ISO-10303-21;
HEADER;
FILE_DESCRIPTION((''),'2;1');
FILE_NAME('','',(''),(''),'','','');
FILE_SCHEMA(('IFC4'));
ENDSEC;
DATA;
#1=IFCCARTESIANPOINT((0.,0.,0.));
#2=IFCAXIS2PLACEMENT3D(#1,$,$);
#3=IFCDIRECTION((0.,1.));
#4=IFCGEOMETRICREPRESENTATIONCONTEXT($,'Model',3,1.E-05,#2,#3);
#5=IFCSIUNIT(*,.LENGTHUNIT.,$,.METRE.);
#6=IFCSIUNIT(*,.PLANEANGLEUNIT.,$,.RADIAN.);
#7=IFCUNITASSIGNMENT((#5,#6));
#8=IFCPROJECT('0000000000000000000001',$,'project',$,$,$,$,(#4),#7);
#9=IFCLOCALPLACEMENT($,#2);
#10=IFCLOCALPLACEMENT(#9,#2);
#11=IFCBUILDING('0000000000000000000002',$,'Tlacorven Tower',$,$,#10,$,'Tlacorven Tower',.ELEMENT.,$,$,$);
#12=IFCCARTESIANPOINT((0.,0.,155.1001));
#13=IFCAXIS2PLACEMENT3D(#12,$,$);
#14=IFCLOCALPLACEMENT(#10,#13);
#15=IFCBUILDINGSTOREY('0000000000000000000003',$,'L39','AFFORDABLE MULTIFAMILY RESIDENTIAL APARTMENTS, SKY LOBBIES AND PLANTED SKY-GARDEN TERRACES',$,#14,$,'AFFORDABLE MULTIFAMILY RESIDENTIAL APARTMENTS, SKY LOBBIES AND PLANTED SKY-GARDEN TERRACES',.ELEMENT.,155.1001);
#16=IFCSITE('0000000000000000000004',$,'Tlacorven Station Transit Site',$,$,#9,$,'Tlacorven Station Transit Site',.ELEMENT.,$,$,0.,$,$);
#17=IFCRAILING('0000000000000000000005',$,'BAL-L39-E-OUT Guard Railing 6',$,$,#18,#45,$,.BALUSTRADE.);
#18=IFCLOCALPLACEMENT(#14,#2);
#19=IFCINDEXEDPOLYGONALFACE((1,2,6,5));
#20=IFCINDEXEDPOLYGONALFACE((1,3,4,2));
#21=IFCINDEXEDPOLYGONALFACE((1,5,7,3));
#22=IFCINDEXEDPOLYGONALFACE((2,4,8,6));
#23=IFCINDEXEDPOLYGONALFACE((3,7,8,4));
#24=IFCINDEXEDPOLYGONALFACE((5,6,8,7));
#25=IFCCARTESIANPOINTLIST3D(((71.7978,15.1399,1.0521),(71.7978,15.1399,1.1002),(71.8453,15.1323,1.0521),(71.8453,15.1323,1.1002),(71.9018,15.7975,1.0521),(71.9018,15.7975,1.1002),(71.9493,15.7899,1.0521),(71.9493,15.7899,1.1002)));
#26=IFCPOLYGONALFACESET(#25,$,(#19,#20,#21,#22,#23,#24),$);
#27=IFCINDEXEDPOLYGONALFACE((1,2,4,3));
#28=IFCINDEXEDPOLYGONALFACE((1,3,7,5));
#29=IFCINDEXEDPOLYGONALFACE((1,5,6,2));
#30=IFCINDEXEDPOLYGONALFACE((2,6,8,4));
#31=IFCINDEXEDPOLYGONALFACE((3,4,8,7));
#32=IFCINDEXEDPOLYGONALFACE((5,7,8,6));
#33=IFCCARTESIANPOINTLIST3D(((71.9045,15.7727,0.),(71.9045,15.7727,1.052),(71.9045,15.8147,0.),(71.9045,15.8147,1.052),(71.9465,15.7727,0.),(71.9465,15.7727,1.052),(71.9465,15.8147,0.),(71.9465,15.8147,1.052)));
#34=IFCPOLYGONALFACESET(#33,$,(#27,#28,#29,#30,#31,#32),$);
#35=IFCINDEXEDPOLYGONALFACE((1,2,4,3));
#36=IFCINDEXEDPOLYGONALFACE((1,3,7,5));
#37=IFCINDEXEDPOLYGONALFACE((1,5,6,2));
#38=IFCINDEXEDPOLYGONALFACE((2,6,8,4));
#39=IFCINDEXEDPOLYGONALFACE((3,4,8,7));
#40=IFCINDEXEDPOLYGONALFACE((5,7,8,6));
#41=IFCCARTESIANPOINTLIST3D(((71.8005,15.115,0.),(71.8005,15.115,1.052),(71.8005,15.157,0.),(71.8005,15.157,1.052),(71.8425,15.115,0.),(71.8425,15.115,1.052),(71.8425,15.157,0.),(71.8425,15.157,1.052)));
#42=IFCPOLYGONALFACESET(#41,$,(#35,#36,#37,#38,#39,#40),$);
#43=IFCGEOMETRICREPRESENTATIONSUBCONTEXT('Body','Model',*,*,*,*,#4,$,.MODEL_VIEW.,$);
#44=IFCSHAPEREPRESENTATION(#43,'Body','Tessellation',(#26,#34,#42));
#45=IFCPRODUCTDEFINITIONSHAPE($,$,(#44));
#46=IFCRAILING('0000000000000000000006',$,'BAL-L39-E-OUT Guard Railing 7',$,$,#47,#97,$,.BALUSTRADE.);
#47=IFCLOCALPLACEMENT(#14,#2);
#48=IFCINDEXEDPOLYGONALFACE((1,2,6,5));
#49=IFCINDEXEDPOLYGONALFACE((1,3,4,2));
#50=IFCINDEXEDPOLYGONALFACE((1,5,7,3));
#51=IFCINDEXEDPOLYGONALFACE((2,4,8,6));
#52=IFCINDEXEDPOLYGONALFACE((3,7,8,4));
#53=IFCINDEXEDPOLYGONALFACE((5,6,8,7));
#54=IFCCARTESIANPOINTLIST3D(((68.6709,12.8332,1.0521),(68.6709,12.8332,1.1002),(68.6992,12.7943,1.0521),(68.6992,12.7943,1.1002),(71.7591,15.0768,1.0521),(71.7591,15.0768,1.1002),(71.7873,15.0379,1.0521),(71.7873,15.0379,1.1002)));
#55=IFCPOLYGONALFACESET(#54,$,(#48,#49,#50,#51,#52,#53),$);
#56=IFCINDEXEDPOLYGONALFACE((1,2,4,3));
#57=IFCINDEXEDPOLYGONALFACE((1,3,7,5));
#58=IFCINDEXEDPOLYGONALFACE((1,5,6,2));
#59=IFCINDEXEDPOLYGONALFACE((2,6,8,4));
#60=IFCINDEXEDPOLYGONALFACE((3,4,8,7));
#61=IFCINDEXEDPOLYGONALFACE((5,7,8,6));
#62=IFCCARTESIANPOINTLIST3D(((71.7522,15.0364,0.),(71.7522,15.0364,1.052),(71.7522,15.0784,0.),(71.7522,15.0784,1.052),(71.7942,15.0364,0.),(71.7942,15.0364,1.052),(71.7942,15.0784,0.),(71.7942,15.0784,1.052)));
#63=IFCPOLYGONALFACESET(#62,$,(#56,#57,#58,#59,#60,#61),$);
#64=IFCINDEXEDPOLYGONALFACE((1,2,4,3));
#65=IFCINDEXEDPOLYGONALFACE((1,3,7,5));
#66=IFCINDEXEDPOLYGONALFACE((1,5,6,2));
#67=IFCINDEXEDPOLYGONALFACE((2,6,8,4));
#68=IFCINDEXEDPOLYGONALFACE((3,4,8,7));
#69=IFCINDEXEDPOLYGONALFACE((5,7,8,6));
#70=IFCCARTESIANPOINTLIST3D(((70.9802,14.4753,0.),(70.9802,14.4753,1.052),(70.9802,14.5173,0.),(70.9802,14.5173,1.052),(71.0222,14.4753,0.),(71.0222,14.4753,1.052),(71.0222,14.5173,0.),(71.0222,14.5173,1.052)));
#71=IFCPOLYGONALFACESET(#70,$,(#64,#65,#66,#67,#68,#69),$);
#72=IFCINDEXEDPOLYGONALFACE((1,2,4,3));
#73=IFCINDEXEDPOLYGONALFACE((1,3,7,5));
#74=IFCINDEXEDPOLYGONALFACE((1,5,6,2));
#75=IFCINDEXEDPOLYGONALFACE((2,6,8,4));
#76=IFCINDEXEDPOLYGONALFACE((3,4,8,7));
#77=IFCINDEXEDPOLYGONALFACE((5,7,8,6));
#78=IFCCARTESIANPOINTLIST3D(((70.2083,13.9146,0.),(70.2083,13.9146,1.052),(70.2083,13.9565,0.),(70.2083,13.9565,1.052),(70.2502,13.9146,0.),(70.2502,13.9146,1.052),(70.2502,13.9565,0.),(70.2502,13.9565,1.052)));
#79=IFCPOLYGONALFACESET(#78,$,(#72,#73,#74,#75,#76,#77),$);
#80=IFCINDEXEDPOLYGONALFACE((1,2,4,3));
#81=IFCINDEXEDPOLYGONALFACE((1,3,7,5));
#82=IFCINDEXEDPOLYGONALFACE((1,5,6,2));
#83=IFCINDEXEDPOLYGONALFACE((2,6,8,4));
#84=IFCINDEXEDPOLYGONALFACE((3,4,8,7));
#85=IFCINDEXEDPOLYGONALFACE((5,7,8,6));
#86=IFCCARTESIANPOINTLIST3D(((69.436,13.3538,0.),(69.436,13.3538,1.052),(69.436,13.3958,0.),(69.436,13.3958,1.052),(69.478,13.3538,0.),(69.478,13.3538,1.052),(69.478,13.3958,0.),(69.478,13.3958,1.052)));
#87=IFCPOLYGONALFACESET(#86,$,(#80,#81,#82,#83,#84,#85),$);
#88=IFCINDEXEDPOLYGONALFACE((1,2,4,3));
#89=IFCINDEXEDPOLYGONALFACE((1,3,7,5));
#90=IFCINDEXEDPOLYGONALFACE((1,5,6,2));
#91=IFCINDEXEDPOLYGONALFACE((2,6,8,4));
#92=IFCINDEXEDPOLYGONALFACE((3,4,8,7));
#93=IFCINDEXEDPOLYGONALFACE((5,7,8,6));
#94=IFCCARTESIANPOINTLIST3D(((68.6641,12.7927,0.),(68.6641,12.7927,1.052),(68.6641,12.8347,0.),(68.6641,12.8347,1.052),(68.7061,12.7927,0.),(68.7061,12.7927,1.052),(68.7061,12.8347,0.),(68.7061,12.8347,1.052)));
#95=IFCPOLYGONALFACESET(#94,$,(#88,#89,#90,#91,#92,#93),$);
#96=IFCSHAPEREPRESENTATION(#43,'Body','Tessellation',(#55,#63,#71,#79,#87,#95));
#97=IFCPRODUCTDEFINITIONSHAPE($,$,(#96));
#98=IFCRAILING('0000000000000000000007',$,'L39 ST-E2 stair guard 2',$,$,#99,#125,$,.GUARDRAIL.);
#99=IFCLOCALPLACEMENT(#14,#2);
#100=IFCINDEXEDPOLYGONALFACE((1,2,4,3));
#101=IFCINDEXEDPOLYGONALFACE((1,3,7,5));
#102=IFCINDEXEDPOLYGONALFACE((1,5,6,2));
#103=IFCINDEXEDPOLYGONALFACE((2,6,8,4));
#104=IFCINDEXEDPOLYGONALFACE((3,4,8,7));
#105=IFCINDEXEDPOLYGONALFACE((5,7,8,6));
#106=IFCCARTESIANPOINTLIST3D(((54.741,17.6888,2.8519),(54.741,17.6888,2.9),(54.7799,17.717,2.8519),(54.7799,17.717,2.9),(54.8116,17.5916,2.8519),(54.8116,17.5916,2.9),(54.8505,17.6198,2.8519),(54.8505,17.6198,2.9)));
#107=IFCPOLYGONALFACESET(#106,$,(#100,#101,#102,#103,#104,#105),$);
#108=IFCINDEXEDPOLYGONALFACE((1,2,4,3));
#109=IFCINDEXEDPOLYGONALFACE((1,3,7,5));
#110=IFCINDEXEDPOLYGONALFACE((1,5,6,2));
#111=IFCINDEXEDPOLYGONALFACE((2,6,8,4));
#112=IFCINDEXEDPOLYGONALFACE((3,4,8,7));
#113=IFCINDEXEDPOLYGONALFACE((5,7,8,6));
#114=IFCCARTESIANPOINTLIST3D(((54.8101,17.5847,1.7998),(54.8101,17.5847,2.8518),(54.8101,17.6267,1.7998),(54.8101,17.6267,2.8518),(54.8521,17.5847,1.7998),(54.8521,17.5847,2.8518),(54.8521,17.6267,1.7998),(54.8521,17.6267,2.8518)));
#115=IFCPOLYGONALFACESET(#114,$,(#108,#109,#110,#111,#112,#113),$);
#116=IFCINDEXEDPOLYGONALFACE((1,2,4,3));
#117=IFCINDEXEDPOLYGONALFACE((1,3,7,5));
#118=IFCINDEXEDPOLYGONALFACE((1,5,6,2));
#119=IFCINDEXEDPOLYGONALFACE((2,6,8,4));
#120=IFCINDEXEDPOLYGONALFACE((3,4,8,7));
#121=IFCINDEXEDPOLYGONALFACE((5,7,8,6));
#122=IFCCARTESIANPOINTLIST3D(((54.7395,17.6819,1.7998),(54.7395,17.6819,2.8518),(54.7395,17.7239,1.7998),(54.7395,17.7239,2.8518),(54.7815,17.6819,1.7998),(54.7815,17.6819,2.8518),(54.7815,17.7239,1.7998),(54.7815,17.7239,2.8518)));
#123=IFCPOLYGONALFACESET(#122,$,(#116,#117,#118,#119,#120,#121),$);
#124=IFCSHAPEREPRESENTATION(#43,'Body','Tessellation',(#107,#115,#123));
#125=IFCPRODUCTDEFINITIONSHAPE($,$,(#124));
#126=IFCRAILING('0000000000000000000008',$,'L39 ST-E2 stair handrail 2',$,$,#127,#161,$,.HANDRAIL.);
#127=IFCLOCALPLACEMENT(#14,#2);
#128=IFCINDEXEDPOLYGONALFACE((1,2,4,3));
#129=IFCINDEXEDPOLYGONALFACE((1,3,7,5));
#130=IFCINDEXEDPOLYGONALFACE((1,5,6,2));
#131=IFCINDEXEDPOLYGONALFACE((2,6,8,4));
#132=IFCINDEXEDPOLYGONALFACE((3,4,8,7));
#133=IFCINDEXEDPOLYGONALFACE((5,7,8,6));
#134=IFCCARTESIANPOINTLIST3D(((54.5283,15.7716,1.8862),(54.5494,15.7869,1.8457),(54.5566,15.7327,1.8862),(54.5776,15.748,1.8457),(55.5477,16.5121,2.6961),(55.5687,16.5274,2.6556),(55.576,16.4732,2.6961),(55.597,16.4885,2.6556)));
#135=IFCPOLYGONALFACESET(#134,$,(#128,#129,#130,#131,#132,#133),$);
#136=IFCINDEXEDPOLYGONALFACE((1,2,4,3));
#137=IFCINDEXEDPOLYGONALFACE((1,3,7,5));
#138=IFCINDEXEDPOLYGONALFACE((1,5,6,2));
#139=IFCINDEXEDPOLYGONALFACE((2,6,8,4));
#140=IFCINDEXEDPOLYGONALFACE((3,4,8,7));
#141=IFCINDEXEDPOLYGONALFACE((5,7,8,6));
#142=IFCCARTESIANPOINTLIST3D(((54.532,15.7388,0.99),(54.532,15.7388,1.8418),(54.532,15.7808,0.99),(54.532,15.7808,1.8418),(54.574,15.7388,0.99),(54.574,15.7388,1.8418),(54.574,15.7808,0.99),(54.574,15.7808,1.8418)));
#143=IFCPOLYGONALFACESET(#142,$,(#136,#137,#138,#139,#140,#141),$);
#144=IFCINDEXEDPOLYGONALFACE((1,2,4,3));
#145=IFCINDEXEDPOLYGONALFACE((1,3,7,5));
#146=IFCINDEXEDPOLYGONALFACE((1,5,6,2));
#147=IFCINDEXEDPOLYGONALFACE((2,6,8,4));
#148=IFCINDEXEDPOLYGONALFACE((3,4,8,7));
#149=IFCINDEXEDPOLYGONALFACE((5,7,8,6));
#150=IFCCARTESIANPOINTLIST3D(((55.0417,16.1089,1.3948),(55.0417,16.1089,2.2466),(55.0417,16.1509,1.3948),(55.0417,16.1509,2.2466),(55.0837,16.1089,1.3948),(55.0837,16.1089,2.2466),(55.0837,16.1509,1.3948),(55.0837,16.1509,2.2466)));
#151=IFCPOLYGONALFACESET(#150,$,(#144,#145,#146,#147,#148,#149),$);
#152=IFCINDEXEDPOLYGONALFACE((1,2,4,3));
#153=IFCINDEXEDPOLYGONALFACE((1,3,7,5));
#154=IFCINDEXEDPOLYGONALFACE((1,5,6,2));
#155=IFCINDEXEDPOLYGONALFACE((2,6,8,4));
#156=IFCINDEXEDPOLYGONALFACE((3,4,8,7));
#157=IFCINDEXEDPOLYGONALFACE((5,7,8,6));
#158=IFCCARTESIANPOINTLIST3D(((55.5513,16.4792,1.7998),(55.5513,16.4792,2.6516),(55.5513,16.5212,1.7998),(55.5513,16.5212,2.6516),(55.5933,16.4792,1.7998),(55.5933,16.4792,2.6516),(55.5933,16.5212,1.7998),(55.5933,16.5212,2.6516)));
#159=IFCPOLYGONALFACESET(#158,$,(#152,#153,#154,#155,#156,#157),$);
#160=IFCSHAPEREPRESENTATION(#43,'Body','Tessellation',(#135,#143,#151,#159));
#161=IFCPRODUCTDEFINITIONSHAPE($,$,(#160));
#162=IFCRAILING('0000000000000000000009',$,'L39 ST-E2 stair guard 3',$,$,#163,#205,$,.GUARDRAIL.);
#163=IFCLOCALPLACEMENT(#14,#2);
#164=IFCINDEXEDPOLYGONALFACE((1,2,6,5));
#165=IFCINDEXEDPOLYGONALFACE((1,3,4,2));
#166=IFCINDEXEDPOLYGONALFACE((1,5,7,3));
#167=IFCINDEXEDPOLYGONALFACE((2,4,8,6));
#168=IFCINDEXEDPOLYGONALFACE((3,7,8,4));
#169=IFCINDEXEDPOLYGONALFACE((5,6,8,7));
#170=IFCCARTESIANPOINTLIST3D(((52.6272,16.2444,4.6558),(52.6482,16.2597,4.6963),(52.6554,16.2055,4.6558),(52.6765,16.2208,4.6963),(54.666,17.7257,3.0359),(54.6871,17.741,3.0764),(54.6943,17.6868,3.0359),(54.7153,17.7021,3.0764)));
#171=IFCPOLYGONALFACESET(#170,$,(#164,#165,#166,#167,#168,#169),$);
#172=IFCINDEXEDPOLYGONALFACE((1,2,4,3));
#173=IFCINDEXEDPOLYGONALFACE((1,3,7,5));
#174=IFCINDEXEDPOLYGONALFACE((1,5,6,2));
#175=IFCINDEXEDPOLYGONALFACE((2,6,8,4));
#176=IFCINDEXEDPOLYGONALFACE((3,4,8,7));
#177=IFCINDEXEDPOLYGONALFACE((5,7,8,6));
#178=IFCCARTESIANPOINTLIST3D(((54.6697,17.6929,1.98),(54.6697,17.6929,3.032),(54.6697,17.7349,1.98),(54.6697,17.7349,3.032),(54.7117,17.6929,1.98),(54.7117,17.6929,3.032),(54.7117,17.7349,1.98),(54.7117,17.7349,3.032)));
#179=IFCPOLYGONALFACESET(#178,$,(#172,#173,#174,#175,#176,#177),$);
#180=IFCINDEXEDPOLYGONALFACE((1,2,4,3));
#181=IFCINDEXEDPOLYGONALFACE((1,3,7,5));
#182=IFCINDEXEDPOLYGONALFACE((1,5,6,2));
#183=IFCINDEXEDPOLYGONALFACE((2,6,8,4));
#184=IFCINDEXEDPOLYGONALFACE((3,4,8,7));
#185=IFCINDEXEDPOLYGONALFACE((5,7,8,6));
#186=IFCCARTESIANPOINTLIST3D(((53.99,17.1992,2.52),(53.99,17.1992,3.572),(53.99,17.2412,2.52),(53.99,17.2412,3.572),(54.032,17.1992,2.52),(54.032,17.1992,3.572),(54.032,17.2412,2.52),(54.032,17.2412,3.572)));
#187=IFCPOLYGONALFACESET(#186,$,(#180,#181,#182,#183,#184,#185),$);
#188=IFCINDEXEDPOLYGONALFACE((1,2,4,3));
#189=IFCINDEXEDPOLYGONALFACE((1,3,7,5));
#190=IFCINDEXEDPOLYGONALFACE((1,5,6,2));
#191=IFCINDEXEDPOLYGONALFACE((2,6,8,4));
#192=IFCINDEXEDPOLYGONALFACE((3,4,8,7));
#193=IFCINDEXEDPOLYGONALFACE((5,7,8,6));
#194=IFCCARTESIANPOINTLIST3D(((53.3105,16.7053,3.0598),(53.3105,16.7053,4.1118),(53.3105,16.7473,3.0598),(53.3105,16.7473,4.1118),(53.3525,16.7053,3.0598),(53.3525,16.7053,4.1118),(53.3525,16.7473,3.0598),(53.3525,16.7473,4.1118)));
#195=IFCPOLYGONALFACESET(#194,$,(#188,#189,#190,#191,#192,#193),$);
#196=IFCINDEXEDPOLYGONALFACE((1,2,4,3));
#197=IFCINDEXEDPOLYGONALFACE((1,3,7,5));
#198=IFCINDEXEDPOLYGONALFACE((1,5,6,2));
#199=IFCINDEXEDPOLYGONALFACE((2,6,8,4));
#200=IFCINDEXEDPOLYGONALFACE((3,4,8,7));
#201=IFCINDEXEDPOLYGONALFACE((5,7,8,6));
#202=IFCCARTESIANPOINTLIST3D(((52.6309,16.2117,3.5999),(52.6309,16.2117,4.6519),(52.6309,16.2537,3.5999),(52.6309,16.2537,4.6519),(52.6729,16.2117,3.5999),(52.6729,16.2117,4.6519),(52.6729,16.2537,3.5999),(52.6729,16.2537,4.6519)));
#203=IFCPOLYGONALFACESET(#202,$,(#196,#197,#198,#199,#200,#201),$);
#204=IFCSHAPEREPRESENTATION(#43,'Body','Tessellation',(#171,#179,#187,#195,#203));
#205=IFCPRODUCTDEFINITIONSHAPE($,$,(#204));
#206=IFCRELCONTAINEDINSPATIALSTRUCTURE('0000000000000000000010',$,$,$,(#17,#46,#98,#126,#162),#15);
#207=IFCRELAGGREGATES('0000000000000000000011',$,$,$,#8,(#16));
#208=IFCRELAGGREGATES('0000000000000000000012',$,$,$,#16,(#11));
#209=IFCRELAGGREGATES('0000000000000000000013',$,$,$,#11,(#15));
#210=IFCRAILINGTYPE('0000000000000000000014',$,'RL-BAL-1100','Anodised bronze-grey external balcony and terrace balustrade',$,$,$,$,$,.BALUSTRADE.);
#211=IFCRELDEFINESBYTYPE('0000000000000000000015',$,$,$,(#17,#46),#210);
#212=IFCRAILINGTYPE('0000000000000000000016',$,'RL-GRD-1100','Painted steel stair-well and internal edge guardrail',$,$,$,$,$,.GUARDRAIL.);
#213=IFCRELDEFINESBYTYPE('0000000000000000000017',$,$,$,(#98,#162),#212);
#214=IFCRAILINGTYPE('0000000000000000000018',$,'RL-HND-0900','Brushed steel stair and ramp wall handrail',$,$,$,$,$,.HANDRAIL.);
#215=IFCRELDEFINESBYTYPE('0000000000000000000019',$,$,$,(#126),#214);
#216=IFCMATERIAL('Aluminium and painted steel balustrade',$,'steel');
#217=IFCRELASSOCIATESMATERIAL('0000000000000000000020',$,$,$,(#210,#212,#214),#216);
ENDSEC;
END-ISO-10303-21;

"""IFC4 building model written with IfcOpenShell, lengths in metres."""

from ifc_helpers import new_model, si_unit, direction, frame, origin, origin_2d, place, context, subcontext, project, spatial, rectangle, extrude, source, transform, mapped, material, type_object, element, save


model = new_model("IFC4")

# Units and contexts
model_context = context("Model", 3, precision=1e-05, world=origin(), true_north=direction((0.0, 1.0)))
body_context = subcontext(model_context, "Body", "Model", "MODEL_VIEW")
ifc_project = project(units=[si_unit("LENGTHUNIT", "METRE"), si_unit("PLANEANGLEUNIT", "RADIAN")], contexts=[model_context])

# Site, building, storey
site_placement = place(None, origin())
site = spatial("IfcSite", under=ifc_project, at=site_placement, Name="Tlacorven Station Transit Site", LongName="Tlacorven Station Transit Site", CompositionType="ELEMENT", RefElevation=0.0)
building_placement = place(site_placement, origin())
building = spatial("IfcBuilding", under=site, at=building_placement, Name="Tlacorven Tower", LongName="Tlacorven Tower", CompositionType="ELEMENT")
storey_placement = place(building_placement, frame((0.0, 0.0, 155.1001)))
storey = spatial("IfcBuildingStorey", under=building, at=storey_placement, Name="L39", Description="AFFORDABLE MULTIFAMILY RESIDENTIAL APARTMENTS, SKY LOBBIES AND PLANTED SKY-GARDEN TERRACES", LongName="AFFORDABLE MULTIFAMILY RESIDENTIAL APARTMENTS, SKY LOBBIES AND PLANTED SKY-GARDEN TERRACES", CompositionType="ELEMENT", Elevation=155.1001)

# Railings
ifc_material_1 = material(Name="Aluminium and painted steel balustrade", Category="steel")
railing_type_1 = type_object("IfcRailingType", Name="RL-BAL-1100", Description="Anodised bronze-grey external balcony and terrace balustrade", PredefinedType="BALUSTRADE", material=ifc_material_1)
shared_shape_1 = source(origin(), body_context, "Body", "SweptSolid", [
    extrude(rectangle(XDim=0.0481, YDim=0.0481, at=origin_2d()), frame((0.0, 0.0, 1.0762), z_axis=(-0.156188, -0.987727, 0.0), x_axis=(0.987727, -0.156188, 0.0)), (0.0, 0.0, 1.0), 0.6658),
    extrude(rectangle(XDim=0.042, YDim=0.042, at=origin_2d()), origin(), (0.0, 0.0, 1.0), 1.052),
    extrude(rectangle(XDim=0.042, YDim=0.042, at=origin_2d()), frame((-0.104, -0.6577, 0.0)), (0.0, 0.0, 1.0), 1.052),
])
railing_1_placement = place(storey_placement, frame((71.9255, 15.7937, 0.0)))
element("IfcRailing", 1, at=railing_1_placement, inside=storey, type_object=railing_type_1, Name="BAL-L39-E-OUT Guard Railing 6", PredefinedType="BALUSTRADE", context=body_context, shape_type="MappedRepresentation", body=[
    mapped(shared_shape_1, transform((0.0, 0.0, 0.0), scale=1.0)),
])
shared_shape_2 = source(origin(), body_context, "Body", "SweptSolid", [
    extrude(rectangle(XDim=0.0481, YDim=0.0481, at=origin_2d()), frame((0.0, 0.0, 1.0762), z_axis=(-0.809018, -0.587784, 0.0), x_axis=(0.587784, -0.809018, 0.0)), (0.0, 0.0, 1.0), 3.8171),
    extrude(rectangle(XDim=0.042, YDim=0.042, at=origin_2d()), origin(), (0.0, 0.0, 1.0), 1.052),
    extrude(rectangle(XDim=0.042, YDim=0.042, at=origin_2d()), frame((-0.772, -0.561, 0.0)), (0.0, 0.0, 1.0), 1.052),
    extrude(rectangle(XDim=0.042, YDim=0.042, at=origin_2d()), frame((-1.5439, -1.1218, 0.0)), (0.0, 0.0, 1.0), 1.052),
    extrude(rectangle(XDim=0.042, YDim=0.042, at=origin_2d()), frame((-2.3162, -1.6826, 0.0)), (0.0, 0.0, 1.0), 1.052),
    extrude(rectangle(XDim=0.042, YDim=0.042, at=origin_2d()), frame((-3.0881, -2.2437, 0.0)), (0.0, 0.0, 1.0), 1.052),
])
railing_2_placement = place(storey_placement, frame((71.7732, 15.0574, 0.0)))
element("IfcRailing", 2, at=railing_2_placement, inside=storey, type_object=railing_type_1, Name="BAL-L39-E-OUT Guard Railing 7", PredefinedType="BALUSTRADE", context=body_context, shape_type="MappedRepresentation", body=[
    mapped(shared_shape_2, transform((0.0, 0.0, 0.0), scale=1.0)),
])
railing_type_2 = type_object("IfcRailingType", Name="RL-GRD-1100", Description="Painted steel stair-well and internal edge guardrail", PredefinedType="GUARDRAIL", material=ifc_material_1)
shared_shape_3 = source(origin(), body_context, "Body", "SweptSolid", [
    extrude(rectangle(XDim=0.0481, YDim=0.0481, at=origin_2d()), frame((0.0, 0.0, 1.0762), z_axis=(-0.587567, 0.809175, 0.0), x_axis=(-0.809175, -0.587567, 0.0)), (0.0, 0.0, 1.0), 0.1201),
    extrude(rectangle(XDim=0.042, YDim=0.042, at=origin_2d()), origin(), (0.0, 0.0, 1.0), 1.052),
    extrude(rectangle(XDim=0.042, YDim=0.042, at=origin_2d()), frame((-0.0706, 0.0972, 0.0)), (0.0, 0.0, 1.0), 1.052),
])
railing_3_placement = place(storey_placement, frame((54.8311, 17.6057, 1.7998)))
element("IfcRailing", 3, at=railing_3_placement, inside=storey, type_object=railing_type_2, Name="L39 ST-E2 stair guard 2", PredefinedType="GUARDRAIL", context=body_context, shape_type="MappedRepresentation", body=[
    mapped(shared_shape_3, transform((0.0, 0.0, 0.0), scale=1.0)),
])
railing_type_3 = type_object("IfcRailingType", Name="RL-HND-0900", Description="Brushed steel stair and ramp wall handrail", PredefinedType="HANDRAIL", material=ifc_material_1)
shared_shape_4 = source(origin(), body_context, "Body", "SweptSolid", [
    extrude(rectangle(XDim=0.0481, YDim=0.0481, at=origin_2d()), frame((0.0, 0.0, 0.876), z_axis=(0.680576, 0.494416, 0.540712), x_axis=(-0.587745, 0.809046, 0.0)), (0.0, 0.0, 1.0), 1.4978),
    extrude(rectangle(XDim=0.042, YDim=0.042, at=origin_2d()), origin(), (0.0, 0.0, 1.0), 0.8518),
    extrude(rectangle(XDim=0.042, YDim=0.042, at=origin_2d()), frame((0.5098, 0.3701, 0.4048)), (0.0, 0.0, 1.0), 0.8518),
    extrude(rectangle(XDim=0.042, YDim=0.042, at=origin_2d()), frame((1.0193, 0.7405, 0.8098)), (0.0, 0.0, 1.0), 0.8518),
])
railing_4_placement = place(storey_placement, frame((54.553, 15.7598, 0.99)))
element("IfcRailing", 4, at=railing_4_placement, inside=storey, type_object=railing_type_3, Name="L39 ST-E2 stair handrail 2", PredefinedType="HANDRAIL", context=body_context, shape_type="MappedRepresentation", body=[
    mapped(shared_shape_4, transform((0.0, 0.0, 0.0), scale=1.0)),
])
shared_shape_5 = source(origin(), body_context, "Body", "SweptSolid", [
    extrude(rectangle(XDim=0.0481, YDim=0.0481, at=origin_2d()), frame((0.0, 0.0, 1.0762), z_axis=(-0.680562, -0.494428, 0.540717), x_axis=(0.587763, -0.809033, 0.0)), (0.0, 0.0, 1.0), 2.9958),
    extrude(rectangle(XDim=0.042, YDim=0.042, at=origin_2d()), origin(), (0.0, 0.0, 1.0), 1.052),
    extrude(rectangle(XDim=0.042, YDim=0.042, at=origin_2d()), frame((-0.6797, -0.4937, 0.54)), (0.0, 0.0, 1.0), 1.052),
    extrude(rectangle(XDim=0.042, YDim=0.042, at=origin_2d()), frame((-1.3591, -0.9875, 1.0798)), (0.0, 0.0, 1.0), 1.052),
    extrude(rectangle(XDim=0.042, YDim=0.042, at=origin_2d()), frame((-2.0388, -1.4812, 1.6199)), (0.0, 0.0, 1.0), 1.052),
])
railing_5_placement = place(storey_placement, frame((54.6907, 17.7139, 1.98)))
element("IfcRailing", 5, at=railing_5_placement, inside=storey, type_object=railing_type_2, Name="L39 ST-E2 stair guard 3", PredefinedType="GUARDRAIL", context=body_context, shape_type="MappedRepresentation", body=[
    mapped(shared_shape_5, transform((0.0, 0.0, 0.0), scale=1.0)),
])

save(model, "model.ifc")
